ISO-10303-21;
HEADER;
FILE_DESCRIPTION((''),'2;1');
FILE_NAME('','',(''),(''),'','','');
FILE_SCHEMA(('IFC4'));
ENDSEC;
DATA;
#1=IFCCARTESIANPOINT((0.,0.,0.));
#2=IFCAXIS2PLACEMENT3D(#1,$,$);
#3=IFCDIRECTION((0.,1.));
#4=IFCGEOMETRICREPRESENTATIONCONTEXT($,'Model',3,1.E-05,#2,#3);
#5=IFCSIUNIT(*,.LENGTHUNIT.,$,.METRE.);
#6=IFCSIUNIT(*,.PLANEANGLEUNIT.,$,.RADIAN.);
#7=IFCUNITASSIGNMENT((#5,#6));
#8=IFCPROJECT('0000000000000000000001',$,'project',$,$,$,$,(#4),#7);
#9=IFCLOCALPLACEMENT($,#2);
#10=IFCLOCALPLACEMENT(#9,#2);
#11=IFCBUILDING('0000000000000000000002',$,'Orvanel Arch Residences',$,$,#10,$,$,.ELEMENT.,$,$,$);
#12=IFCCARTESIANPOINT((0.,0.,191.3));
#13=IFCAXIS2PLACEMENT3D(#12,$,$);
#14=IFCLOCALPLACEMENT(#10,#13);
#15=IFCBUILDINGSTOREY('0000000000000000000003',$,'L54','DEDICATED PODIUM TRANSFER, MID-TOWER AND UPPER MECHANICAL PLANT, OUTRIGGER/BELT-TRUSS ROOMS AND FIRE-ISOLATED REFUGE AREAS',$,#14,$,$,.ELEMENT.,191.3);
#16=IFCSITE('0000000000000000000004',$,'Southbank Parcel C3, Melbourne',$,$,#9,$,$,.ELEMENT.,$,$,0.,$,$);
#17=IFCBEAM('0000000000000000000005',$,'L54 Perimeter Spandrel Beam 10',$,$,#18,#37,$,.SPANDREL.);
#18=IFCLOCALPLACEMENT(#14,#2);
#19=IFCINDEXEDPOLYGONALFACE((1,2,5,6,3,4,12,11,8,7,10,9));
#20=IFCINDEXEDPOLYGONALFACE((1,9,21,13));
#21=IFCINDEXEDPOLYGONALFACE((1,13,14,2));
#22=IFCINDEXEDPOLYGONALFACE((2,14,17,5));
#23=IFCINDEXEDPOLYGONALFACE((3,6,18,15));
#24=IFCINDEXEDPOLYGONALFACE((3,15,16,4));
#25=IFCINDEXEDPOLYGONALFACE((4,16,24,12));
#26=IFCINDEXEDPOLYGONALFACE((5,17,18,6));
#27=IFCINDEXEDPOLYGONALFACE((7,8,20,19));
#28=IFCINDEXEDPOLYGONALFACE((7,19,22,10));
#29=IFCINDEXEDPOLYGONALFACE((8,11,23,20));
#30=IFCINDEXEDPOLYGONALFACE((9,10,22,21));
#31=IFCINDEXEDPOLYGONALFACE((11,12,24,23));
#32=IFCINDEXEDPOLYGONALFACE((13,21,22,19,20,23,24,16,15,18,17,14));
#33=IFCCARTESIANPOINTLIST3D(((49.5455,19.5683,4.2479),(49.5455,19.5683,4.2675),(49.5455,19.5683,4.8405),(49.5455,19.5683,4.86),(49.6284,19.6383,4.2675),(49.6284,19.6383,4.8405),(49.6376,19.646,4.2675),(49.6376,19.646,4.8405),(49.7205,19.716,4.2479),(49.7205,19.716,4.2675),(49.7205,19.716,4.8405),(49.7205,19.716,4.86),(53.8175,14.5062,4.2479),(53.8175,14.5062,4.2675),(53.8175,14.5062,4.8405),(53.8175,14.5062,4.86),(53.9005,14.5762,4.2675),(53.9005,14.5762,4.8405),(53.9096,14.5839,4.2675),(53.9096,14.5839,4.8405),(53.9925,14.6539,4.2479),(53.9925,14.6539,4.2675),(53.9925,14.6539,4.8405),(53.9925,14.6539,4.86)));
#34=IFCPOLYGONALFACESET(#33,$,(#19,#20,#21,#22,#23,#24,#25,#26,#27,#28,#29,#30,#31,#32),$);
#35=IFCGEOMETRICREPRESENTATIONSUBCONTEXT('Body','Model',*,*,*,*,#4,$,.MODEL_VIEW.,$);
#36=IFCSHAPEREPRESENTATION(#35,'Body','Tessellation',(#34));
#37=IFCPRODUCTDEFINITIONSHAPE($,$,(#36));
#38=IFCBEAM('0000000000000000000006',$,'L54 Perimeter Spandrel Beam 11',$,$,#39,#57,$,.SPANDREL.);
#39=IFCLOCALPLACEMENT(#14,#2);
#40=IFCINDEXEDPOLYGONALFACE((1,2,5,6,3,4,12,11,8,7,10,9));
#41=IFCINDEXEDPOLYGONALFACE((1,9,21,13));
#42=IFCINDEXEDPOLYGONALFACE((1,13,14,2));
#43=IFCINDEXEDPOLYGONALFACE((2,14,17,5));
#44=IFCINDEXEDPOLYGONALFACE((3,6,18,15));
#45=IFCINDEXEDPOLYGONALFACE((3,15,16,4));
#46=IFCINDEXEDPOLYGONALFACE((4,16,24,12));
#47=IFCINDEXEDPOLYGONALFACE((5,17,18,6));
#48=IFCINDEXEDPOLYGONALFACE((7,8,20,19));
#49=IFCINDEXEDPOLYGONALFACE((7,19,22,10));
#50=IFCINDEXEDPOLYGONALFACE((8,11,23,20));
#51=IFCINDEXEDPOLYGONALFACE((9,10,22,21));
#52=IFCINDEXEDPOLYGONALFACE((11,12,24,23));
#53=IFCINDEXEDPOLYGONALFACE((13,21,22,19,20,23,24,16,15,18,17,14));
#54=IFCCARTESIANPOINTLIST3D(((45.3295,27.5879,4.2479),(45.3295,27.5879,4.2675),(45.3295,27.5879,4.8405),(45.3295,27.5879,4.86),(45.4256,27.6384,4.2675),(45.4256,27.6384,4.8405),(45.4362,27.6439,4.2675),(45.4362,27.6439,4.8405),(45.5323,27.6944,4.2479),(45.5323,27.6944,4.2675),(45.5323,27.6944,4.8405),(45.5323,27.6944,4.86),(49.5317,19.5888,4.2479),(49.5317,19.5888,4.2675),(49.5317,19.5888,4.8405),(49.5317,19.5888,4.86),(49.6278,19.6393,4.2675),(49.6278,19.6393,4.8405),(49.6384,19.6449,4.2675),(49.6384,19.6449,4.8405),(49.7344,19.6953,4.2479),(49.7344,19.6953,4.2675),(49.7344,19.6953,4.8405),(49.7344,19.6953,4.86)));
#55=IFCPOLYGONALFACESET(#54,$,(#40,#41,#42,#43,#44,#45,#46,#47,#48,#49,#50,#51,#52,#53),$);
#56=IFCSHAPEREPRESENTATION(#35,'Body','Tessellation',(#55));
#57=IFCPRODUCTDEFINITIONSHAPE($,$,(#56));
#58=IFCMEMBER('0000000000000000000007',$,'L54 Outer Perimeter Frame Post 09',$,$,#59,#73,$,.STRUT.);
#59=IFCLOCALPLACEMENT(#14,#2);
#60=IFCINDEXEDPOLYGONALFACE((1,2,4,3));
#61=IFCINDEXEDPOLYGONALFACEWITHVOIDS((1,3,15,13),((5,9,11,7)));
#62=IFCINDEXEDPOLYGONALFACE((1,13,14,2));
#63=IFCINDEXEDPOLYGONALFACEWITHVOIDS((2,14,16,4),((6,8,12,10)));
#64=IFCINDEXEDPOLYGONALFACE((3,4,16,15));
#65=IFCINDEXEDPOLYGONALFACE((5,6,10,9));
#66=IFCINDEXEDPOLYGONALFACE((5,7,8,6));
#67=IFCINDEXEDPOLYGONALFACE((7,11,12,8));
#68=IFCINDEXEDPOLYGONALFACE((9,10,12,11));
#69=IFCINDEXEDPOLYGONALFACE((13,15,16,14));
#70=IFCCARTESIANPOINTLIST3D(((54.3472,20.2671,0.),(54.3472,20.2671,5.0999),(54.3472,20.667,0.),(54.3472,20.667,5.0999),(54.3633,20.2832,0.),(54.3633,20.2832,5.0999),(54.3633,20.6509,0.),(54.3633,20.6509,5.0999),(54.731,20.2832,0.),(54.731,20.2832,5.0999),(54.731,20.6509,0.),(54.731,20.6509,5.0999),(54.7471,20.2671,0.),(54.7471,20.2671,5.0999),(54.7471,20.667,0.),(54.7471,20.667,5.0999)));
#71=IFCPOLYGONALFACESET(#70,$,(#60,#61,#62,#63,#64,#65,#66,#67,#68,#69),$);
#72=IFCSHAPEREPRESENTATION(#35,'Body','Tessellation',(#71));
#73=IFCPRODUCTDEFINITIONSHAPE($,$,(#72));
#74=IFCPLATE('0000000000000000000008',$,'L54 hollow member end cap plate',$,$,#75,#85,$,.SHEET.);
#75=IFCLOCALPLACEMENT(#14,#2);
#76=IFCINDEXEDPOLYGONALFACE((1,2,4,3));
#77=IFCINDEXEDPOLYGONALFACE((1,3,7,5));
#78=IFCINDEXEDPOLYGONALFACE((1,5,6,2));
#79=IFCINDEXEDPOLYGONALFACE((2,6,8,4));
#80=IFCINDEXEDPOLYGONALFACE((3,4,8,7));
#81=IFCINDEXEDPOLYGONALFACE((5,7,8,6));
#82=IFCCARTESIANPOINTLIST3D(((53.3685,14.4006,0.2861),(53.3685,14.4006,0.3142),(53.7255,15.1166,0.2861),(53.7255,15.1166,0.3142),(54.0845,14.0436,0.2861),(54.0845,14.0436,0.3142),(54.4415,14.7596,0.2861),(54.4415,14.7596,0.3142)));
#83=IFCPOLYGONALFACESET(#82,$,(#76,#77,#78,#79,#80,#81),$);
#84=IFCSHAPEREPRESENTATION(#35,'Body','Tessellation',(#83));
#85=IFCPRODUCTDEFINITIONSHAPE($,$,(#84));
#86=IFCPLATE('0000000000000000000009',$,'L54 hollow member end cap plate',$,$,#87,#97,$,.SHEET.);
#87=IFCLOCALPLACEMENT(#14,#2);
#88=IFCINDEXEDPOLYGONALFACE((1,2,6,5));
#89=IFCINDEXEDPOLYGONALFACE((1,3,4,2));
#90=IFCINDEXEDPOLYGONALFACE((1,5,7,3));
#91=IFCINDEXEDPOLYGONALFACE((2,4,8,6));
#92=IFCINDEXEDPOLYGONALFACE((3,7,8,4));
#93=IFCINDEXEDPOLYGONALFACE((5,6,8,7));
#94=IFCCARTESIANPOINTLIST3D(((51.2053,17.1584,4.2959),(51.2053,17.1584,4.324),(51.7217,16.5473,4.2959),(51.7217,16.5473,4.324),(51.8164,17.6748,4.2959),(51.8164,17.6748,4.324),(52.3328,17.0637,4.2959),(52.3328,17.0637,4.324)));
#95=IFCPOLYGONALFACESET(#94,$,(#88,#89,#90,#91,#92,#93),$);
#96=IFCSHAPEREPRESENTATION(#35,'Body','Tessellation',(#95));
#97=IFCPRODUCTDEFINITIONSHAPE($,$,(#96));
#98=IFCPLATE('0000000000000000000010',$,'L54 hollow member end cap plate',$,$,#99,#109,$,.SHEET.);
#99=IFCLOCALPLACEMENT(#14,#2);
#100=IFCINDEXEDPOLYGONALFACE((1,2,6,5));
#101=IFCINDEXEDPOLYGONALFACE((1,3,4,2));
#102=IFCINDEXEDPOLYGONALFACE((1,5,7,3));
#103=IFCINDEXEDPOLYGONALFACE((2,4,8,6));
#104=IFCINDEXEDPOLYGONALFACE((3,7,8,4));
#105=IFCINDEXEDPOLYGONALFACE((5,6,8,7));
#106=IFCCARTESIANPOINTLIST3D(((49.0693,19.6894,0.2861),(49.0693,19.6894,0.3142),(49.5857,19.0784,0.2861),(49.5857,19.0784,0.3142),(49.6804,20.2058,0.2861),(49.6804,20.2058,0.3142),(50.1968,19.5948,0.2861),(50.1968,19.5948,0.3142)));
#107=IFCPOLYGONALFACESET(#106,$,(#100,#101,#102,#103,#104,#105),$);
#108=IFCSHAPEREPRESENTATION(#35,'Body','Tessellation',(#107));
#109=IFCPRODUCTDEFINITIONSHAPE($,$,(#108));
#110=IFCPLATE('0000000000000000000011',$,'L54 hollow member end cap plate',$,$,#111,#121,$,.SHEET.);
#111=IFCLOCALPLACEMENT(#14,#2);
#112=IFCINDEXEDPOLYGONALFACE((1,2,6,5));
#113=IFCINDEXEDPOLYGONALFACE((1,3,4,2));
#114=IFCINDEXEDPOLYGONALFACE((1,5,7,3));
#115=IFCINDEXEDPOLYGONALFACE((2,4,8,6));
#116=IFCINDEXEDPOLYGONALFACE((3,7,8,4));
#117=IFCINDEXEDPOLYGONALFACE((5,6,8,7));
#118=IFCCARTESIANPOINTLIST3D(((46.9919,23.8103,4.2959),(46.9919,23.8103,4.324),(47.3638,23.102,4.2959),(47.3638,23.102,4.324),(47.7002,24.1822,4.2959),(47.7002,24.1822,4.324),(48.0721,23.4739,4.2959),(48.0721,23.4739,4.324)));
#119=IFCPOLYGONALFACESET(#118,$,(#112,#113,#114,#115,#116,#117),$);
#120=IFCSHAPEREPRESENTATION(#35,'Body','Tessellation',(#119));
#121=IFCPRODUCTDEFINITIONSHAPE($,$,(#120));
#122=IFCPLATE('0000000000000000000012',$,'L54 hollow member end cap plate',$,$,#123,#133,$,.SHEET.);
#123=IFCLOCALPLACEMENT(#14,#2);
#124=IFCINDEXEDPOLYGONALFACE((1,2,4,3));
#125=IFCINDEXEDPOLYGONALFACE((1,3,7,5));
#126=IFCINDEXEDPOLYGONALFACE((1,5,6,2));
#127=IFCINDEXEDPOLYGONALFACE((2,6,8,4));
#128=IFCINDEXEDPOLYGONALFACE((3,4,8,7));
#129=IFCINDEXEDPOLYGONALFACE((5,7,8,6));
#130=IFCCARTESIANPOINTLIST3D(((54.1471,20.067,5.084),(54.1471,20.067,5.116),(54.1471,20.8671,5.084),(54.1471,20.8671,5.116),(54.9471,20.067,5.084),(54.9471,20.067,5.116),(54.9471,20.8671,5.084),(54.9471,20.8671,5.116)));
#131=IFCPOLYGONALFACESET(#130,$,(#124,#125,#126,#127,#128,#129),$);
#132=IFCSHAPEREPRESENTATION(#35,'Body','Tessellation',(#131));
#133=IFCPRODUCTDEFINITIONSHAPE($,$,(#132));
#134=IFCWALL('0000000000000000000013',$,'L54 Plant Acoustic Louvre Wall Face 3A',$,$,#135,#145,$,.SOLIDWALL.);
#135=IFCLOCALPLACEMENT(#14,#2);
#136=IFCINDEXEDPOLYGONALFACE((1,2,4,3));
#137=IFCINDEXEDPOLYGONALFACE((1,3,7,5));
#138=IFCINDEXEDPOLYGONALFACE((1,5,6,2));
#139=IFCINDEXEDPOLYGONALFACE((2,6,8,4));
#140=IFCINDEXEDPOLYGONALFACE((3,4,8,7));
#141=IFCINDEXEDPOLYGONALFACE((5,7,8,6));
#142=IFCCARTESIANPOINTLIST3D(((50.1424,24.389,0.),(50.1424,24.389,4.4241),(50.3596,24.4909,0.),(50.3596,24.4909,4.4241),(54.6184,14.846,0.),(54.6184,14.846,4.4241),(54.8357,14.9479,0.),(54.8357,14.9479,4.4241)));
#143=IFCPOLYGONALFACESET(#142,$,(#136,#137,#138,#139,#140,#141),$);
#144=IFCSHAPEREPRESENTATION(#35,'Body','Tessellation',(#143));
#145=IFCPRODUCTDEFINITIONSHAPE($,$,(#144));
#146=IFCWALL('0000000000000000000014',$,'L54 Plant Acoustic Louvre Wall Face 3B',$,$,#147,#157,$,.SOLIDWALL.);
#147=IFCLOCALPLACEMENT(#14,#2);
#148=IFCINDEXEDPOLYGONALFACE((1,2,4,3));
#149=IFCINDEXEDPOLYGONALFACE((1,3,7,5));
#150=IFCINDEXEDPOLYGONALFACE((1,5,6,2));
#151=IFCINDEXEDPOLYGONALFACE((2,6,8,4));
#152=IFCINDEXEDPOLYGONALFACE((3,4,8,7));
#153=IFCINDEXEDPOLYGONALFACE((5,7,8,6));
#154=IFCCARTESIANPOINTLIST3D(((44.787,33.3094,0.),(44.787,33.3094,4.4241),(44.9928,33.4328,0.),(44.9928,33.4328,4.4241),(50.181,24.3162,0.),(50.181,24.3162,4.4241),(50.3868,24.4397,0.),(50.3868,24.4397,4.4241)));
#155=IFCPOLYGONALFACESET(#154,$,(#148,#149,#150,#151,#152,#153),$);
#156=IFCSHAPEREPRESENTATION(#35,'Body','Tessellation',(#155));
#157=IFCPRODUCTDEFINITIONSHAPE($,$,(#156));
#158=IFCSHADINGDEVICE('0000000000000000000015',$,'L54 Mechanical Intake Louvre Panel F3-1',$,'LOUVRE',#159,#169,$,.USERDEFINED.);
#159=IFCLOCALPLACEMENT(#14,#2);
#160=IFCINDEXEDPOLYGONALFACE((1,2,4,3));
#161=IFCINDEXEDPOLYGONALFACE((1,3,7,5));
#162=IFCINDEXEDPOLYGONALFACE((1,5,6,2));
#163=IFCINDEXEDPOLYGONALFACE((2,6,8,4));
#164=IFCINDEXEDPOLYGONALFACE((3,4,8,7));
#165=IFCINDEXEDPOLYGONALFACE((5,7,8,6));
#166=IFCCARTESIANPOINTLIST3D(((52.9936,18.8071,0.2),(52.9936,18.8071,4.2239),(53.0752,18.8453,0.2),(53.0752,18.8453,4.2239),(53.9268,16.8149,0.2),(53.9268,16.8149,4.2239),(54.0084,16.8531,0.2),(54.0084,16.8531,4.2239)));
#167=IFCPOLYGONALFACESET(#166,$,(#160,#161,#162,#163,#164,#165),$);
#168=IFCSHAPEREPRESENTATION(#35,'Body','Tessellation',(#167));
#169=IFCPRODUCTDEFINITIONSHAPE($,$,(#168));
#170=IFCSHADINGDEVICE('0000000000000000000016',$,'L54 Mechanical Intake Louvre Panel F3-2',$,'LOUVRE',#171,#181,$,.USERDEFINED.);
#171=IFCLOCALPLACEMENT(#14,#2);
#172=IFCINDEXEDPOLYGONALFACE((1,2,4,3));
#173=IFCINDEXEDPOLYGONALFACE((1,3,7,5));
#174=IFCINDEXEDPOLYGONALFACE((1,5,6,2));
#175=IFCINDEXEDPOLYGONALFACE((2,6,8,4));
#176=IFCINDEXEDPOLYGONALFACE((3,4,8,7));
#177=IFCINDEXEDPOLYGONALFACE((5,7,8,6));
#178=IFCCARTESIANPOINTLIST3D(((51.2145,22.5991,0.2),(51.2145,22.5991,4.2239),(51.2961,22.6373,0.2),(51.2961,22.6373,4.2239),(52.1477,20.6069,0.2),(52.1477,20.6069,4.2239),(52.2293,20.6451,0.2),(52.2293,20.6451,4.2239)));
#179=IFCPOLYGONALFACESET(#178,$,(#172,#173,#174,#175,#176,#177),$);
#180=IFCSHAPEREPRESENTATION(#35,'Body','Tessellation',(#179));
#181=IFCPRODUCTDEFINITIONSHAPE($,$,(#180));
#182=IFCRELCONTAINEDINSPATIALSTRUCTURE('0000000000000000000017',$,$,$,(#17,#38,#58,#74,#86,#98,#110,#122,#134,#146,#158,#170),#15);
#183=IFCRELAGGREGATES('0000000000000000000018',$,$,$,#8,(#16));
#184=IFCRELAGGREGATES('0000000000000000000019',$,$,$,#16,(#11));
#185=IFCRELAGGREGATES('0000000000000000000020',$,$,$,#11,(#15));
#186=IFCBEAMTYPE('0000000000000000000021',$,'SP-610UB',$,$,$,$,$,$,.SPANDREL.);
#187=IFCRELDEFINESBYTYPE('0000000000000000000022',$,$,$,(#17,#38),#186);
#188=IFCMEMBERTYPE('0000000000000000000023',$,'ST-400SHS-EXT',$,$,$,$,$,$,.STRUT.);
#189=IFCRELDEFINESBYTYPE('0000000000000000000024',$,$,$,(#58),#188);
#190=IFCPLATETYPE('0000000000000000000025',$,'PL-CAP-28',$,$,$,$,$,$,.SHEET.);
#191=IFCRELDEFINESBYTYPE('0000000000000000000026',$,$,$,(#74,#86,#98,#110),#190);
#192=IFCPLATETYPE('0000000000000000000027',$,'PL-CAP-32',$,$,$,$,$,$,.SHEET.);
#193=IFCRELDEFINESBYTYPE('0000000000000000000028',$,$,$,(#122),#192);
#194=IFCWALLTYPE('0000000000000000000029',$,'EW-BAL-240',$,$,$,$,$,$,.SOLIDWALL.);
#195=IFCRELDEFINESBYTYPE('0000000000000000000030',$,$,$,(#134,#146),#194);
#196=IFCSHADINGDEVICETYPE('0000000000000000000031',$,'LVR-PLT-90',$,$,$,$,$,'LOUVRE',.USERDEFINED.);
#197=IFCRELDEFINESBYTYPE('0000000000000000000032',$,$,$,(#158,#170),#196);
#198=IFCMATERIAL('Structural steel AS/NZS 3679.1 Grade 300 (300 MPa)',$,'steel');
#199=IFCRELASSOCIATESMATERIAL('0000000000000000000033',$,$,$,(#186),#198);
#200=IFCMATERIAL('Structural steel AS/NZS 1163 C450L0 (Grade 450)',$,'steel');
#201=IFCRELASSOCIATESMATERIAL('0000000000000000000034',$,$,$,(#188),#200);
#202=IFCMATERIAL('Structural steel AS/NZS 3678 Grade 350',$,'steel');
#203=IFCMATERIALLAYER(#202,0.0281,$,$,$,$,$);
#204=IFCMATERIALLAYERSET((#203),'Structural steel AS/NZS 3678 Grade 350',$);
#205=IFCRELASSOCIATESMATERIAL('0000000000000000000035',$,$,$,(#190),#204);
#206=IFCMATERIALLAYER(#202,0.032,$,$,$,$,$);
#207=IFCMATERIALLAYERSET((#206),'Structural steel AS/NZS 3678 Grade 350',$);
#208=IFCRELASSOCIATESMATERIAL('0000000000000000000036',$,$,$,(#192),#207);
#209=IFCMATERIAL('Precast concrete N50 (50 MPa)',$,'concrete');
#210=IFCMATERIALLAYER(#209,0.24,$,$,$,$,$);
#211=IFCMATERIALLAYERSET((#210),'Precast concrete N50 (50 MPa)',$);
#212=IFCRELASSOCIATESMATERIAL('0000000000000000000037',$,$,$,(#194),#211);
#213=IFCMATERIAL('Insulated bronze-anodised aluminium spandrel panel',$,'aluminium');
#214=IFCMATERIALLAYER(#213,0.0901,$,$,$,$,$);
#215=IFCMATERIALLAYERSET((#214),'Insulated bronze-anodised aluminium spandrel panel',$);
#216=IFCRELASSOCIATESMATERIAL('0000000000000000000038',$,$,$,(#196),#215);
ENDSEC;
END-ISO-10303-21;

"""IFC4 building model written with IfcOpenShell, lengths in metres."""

from ifc_helpers import new_model, si_unit, direction, frame, frame_2d, origin, origin_2d, place, context, subcontext, project, spatial, rectangle, hollow_rectangle, i_section, extrude, material, layer, layer_set, material_profile, profile_set, type_object, element, save


model = new_model("IFC4")

# Units and contexts
model_context = context("Model", 3, precision=1e-05, world=origin(), true_north=direction((0.0, 1.0)))
body_context = subcontext(model_context, "Body", "Model", "MODEL_VIEW")
ifc_project = project(units=[si_unit("LENGTHUNIT", "METRE"), si_unit("PLANEANGLEUNIT", "RADIAN")], contexts=[model_context])

# Site, building, storey
site_placement = place(None, origin())
site = spatial("IfcSite", under=ifc_project, at=site_placement, Name="Southbank Parcel C3, Melbourne", CompositionType="ELEMENT", RefElevation=0.0)
building_placement = place(site_placement, origin())
building = spatial("IfcBuilding", under=site, at=building_placement, Name="Orvanel Arch Residences", CompositionType="ELEMENT")
storey_placement = place(building_placement, frame((0.0, 0.0, 191.3)))
storey = spatial("IfcBuildingStorey", under=building, at=storey_placement, Name="L54", Description="DEDICATED PODIUM TRANSFER, MID-TOWER AND UPPER MECHANICAL PLANT, OUTRIGGER/BELT-TRUSS ROOMS AND FIRE-ISOLATED REFUGE AREAS", CompositionType="ELEMENT", Elevation=191.3)

# Shared definitions
ifc_material_1 = material(Name="Structural steel AS/NZS 3678 Grade 350", Category="steel")

# Beams
ifc_material_2 = material(Name="Structural steel AS/NZS 3679.1 Grade 300 (300 MPa)", Category="steel")
ifc_material_profile_1 = material_profile(ifc_material_2, i_section(OverallWidth=0.229, OverallDepth=0.6121, WebThickness=0.012, FlangeThickness=0.0195, at=origin_2d()), Name="610UB125")
ifc_profile_set_1 = profile_set([ifc_material_profile_1], Name="Structural steel AS/NZS 3679.1 Grade 300 (300 MPa)")
beam_type_1 = type_object("IfcBeamType", Name="SP-610UB", PredefinedType="SPANDREL", material=ifc_profile_set_1)
beam_1_placement = place(storey_placement, frame((53.905, 14.5801, 4.554), z_axis=(-0.64495, 0.764224, 0.0), x_axis=(-0.764224, -0.64495, 0.0)))
element("IfcBeam", 1, at=beam_1_placement, inside=storey, type_object=beam_type_1, Name="L54 Perimeter Spandrel Beam 10", PredefinedType="SPANDREL", context=body_context, shape_type="SweptSolid", body=[
    extrude(i_section(OverallWidth=0.229, OverallDepth=0.6121, WebThickness=0.012, FlangeThickness=0.0195, at=origin_2d()), origin(), (0.0, 0.0, 1.0), 6.6238),
])
beam_2_placement = place(storey_placement, frame((49.6331, 19.6421, 4.554), z_axis=(-0.465065, 0.885277, 0.0), x_axis=(-0.885277, -0.465065, 0.0)))
element("IfcBeam", 2, at=beam_2_placement, inside=storey, type_object=beam_type_1, Name="L54 Perimeter Spandrel Beam 11", PredefinedType="SPANDREL", context=body_context, shape_type="SweptSolid", body=[
    extrude(i_section(OverallWidth=0.229, OverallDepth=0.6121, WebThickness=0.012, FlangeThickness=0.0195, at=origin_2d()), origin(), (0.0, 0.0, 1.0), 9.0356),
])

# Member
ifc_material_3 = material(Name="Structural steel AS/NZS 1163 C450L0 (Grade 450)", Category="steel")
ifc_material_profile_2 = material_profile(ifc_material_3, hollow_rectangle(XDim=0.3999, YDim=0.3999, WallThickness=0.0161, at=origin_2d()), Name="SHS400x400x16")
ifc_profile_set_2 = profile_set([ifc_material_profile_2], Name="Structural steel AS/NZS 1163 C450L0 (Grade 450)")
member_type_1 = type_object("IfcMemberType", Name="ST-400SHS-EXT", PredefinedType="STRUT", material=ifc_profile_set_2)
member_1_placement = place(storey_placement, frame((54.5471, 20.467, 0.0), z_axis=(0.0, 0.0, 1.0), x_axis=(1.0, 0.0, 0.0)))
element("IfcMember", 3, at=member_1_placement, inside=storey, type_object=member_type_1, Name="L54 Outer Perimeter Frame Post 09", PredefinedType="STRUT", context=body_context, shape_type="SweptSolid", body=[
    extrude(hollow_rectangle(XDim=0.3999, YDim=0.3999, WallThickness=0.0161, at=origin_2d()), origin(), (0.0, 0.0, 1.0), 5.0999),
])

# Plates
ifc_layer_1 = layer(ifc_material_1, 0.0281)
ifc_layer_set_1 = layer_set([ifc_layer_1], Name="Structural steel AS/NZS 3678 Grade 350")
plate_type_1 = type_object("IfcPlateType", Name="PL-CAP-28", PredefinedType="SHEET", material=ifc_layer_set_1)
for number, where, z_axis, x_axis, name in (
    (4, (53.905, 14.5801, 0.2861), (0.0, 0.0, 1.0), (0.446198, 0.894934, 0.0), "L54 hollow member end cap plate"),
    (5, (51.769, 17.1111, 4.2959), (0.0, 0.0, 1.0), (-0.645458, 0.763796, 0.0), "L54 hollow member end cap plate"),
    (6, (49.6331, 19.6421, 0.2861), (0.0, 0.0, 1.0), (-0.645458, 0.763796, 0.0), "L54 hollow member end cap plate"),
    (7, (47.532, 23.6421, 4.2959), (0.0, 0.0, 1.0), (-0.464842, 0.885394, 0.0), "L54 hollow member end cap plate"),
):
    element("IfcPlate", number, at=place(storey_placement, frame(where, z_axis=z_axis, x_axis=x_axis)), inside=storey, type_object=plate_type_1, Name=name, PredefinedType="SHEET", context=body_context, shape_type="SweptSolid", body=[
        extrude(rectangle(XDim=0.8, YDim=0.8, at=origin_2d()), origin(), (0.0, 0.0, 1.0), 0.0281),
    ])
ifc_layer_2 = layer(ifc_material_1, 0.032)
ifc_layer_set_2 = layer_set([ifc_layer_2], Name="Structural steel AS/NZS 3678 Grade 350")
plate_type_2 = type_object("IfcPlateType", Name="PL-CAP-32", PredefinedType="SHEET", material=ifc_layer_set_2)
plate_placement = place(storey_placement, frame((54.5471, 20.467, 5.084), z_axis=(0.0, 0.0, 1.0), x_axis=(1.0, 0.0, 0.0)))
element("IfcPlate", 8, at=plate_placement, inside=storey, type_object=plate_type_2, Name="L54 hollow member end cap plate", PredefinedType="SHEET", context=body_context, shape_type="SweptSolid", body=[
    extrude(rectangle(XDim=0.8, YDim=0.8, at=origin_2d()), origin(), (0.0, 0.0, 1.0), 0.032),
])

# Walls
ifc_material_4 = material(Name="Precast concrete N50 (50 MPa)", Category="concrete")
ifc_layer_3 = layer(ifc_material_4, 0.24)
ifc_layer_set_3 = layer_set([ifc_layer_3], Name="Precast concrete N50 (50 MPa)")
wall_type = type_object("IfcWallType", Name="EW-BAL-240", PredefinedType="SOLIDWALL", material=ifc_layer_set_3)
wall_1_placement = place(storey_placement, frame((54.7271, 14.897, 0.0), z_axis=(0.0, 0.0, 1.0), x_axis=(-0.424652, 0.905357, 0.0)))
element("IfcWall", 9, at=wall_1_placement, inside=storey, type_object=wall_type, Name="L54 Plant Acoustic Louvre Wall Face 3A", PredefinedType="SOLIDWALL", context=body_context, shape_type="SweptSolid", body=[
    extrude(rectangle(XDim=10.5405, YDim=0.24, at=frame_2d((5.2703, 0.0))), origin(), (0.0, 0.0, 1.0), 4.4241),
])
wall_2_placement = place(storey_placement, frame((50.2839, 24.3779, 0.0), z_axis=(0.0, 0.0, 1.0), x_axis=(-0.514366, 0.857571, 0.0)))
element("IfcWall", 10, at=wall_2_placement, inside=storey, type_object=wall_type, Name="L54 Plant Acoustic Louvre Wall Face 3B", PredefinedType="SOLIDWALL", context=body_context, shape_type="SweptSolid", body=[
    extrude(rectangle(XDim=10.4868, YDim=0.24, at=frame_2d((5.2434, 0.0))), origin(), (0.0, 0.0, 1.0), 4.4241),
])

# Shading devices
ifc_material_5 = material(Name="Insulated bronze-anodised aluminium spandrel panel", Category="aluminium")
ifc_layer_4 = layer(ifc_material_5, 0.0901)
ifc_layer_set_4 = layer_set([ifc_layer_4], Name="Insulated bronze-anodised aluminium spandrel panel")
shading_device_type = type_object("IfcShadingDeviceType", Name="LVR-PLT-90", ElementType="LOUVRE", PredefinedType="USERDEFINED", material=ifc_layer_set_4)
for number, where, z_axis, x_axis, name in (
    (11, (53.501, 17.8301, 0.2), (0.0, 0.0, 1.0), (-0.424199, 0.905569, 0.0), "L54 Mechanical Intake Louvre Panel F3-1"),
    (12, (51.7219, 21.6221, 0.2), (0.0, 0.0, 1.0), (-0.424199, 0.905569, 0.0), "L54 Mechanical Intake Louvre Panel F3-2"),
):
    element("IfcShadingDevice", number, at=place(storey_placement, frame(where, z_axis=z_axis, x_axis=x_axis)), inside=storey, type_object=shading_device_type, Name=name, ObjectType="LOUVRE", PredefinedType="USERDEFINED", context=body_context, shape_type="SweptSolid", body=[
        extrude(rectangle(XDim=2.2, YDim=0.0901, at=origin_2d()), origin(), (0.0, 0.0, 1.0), 4.0239),
    ])

save(model, "model.ifc")
